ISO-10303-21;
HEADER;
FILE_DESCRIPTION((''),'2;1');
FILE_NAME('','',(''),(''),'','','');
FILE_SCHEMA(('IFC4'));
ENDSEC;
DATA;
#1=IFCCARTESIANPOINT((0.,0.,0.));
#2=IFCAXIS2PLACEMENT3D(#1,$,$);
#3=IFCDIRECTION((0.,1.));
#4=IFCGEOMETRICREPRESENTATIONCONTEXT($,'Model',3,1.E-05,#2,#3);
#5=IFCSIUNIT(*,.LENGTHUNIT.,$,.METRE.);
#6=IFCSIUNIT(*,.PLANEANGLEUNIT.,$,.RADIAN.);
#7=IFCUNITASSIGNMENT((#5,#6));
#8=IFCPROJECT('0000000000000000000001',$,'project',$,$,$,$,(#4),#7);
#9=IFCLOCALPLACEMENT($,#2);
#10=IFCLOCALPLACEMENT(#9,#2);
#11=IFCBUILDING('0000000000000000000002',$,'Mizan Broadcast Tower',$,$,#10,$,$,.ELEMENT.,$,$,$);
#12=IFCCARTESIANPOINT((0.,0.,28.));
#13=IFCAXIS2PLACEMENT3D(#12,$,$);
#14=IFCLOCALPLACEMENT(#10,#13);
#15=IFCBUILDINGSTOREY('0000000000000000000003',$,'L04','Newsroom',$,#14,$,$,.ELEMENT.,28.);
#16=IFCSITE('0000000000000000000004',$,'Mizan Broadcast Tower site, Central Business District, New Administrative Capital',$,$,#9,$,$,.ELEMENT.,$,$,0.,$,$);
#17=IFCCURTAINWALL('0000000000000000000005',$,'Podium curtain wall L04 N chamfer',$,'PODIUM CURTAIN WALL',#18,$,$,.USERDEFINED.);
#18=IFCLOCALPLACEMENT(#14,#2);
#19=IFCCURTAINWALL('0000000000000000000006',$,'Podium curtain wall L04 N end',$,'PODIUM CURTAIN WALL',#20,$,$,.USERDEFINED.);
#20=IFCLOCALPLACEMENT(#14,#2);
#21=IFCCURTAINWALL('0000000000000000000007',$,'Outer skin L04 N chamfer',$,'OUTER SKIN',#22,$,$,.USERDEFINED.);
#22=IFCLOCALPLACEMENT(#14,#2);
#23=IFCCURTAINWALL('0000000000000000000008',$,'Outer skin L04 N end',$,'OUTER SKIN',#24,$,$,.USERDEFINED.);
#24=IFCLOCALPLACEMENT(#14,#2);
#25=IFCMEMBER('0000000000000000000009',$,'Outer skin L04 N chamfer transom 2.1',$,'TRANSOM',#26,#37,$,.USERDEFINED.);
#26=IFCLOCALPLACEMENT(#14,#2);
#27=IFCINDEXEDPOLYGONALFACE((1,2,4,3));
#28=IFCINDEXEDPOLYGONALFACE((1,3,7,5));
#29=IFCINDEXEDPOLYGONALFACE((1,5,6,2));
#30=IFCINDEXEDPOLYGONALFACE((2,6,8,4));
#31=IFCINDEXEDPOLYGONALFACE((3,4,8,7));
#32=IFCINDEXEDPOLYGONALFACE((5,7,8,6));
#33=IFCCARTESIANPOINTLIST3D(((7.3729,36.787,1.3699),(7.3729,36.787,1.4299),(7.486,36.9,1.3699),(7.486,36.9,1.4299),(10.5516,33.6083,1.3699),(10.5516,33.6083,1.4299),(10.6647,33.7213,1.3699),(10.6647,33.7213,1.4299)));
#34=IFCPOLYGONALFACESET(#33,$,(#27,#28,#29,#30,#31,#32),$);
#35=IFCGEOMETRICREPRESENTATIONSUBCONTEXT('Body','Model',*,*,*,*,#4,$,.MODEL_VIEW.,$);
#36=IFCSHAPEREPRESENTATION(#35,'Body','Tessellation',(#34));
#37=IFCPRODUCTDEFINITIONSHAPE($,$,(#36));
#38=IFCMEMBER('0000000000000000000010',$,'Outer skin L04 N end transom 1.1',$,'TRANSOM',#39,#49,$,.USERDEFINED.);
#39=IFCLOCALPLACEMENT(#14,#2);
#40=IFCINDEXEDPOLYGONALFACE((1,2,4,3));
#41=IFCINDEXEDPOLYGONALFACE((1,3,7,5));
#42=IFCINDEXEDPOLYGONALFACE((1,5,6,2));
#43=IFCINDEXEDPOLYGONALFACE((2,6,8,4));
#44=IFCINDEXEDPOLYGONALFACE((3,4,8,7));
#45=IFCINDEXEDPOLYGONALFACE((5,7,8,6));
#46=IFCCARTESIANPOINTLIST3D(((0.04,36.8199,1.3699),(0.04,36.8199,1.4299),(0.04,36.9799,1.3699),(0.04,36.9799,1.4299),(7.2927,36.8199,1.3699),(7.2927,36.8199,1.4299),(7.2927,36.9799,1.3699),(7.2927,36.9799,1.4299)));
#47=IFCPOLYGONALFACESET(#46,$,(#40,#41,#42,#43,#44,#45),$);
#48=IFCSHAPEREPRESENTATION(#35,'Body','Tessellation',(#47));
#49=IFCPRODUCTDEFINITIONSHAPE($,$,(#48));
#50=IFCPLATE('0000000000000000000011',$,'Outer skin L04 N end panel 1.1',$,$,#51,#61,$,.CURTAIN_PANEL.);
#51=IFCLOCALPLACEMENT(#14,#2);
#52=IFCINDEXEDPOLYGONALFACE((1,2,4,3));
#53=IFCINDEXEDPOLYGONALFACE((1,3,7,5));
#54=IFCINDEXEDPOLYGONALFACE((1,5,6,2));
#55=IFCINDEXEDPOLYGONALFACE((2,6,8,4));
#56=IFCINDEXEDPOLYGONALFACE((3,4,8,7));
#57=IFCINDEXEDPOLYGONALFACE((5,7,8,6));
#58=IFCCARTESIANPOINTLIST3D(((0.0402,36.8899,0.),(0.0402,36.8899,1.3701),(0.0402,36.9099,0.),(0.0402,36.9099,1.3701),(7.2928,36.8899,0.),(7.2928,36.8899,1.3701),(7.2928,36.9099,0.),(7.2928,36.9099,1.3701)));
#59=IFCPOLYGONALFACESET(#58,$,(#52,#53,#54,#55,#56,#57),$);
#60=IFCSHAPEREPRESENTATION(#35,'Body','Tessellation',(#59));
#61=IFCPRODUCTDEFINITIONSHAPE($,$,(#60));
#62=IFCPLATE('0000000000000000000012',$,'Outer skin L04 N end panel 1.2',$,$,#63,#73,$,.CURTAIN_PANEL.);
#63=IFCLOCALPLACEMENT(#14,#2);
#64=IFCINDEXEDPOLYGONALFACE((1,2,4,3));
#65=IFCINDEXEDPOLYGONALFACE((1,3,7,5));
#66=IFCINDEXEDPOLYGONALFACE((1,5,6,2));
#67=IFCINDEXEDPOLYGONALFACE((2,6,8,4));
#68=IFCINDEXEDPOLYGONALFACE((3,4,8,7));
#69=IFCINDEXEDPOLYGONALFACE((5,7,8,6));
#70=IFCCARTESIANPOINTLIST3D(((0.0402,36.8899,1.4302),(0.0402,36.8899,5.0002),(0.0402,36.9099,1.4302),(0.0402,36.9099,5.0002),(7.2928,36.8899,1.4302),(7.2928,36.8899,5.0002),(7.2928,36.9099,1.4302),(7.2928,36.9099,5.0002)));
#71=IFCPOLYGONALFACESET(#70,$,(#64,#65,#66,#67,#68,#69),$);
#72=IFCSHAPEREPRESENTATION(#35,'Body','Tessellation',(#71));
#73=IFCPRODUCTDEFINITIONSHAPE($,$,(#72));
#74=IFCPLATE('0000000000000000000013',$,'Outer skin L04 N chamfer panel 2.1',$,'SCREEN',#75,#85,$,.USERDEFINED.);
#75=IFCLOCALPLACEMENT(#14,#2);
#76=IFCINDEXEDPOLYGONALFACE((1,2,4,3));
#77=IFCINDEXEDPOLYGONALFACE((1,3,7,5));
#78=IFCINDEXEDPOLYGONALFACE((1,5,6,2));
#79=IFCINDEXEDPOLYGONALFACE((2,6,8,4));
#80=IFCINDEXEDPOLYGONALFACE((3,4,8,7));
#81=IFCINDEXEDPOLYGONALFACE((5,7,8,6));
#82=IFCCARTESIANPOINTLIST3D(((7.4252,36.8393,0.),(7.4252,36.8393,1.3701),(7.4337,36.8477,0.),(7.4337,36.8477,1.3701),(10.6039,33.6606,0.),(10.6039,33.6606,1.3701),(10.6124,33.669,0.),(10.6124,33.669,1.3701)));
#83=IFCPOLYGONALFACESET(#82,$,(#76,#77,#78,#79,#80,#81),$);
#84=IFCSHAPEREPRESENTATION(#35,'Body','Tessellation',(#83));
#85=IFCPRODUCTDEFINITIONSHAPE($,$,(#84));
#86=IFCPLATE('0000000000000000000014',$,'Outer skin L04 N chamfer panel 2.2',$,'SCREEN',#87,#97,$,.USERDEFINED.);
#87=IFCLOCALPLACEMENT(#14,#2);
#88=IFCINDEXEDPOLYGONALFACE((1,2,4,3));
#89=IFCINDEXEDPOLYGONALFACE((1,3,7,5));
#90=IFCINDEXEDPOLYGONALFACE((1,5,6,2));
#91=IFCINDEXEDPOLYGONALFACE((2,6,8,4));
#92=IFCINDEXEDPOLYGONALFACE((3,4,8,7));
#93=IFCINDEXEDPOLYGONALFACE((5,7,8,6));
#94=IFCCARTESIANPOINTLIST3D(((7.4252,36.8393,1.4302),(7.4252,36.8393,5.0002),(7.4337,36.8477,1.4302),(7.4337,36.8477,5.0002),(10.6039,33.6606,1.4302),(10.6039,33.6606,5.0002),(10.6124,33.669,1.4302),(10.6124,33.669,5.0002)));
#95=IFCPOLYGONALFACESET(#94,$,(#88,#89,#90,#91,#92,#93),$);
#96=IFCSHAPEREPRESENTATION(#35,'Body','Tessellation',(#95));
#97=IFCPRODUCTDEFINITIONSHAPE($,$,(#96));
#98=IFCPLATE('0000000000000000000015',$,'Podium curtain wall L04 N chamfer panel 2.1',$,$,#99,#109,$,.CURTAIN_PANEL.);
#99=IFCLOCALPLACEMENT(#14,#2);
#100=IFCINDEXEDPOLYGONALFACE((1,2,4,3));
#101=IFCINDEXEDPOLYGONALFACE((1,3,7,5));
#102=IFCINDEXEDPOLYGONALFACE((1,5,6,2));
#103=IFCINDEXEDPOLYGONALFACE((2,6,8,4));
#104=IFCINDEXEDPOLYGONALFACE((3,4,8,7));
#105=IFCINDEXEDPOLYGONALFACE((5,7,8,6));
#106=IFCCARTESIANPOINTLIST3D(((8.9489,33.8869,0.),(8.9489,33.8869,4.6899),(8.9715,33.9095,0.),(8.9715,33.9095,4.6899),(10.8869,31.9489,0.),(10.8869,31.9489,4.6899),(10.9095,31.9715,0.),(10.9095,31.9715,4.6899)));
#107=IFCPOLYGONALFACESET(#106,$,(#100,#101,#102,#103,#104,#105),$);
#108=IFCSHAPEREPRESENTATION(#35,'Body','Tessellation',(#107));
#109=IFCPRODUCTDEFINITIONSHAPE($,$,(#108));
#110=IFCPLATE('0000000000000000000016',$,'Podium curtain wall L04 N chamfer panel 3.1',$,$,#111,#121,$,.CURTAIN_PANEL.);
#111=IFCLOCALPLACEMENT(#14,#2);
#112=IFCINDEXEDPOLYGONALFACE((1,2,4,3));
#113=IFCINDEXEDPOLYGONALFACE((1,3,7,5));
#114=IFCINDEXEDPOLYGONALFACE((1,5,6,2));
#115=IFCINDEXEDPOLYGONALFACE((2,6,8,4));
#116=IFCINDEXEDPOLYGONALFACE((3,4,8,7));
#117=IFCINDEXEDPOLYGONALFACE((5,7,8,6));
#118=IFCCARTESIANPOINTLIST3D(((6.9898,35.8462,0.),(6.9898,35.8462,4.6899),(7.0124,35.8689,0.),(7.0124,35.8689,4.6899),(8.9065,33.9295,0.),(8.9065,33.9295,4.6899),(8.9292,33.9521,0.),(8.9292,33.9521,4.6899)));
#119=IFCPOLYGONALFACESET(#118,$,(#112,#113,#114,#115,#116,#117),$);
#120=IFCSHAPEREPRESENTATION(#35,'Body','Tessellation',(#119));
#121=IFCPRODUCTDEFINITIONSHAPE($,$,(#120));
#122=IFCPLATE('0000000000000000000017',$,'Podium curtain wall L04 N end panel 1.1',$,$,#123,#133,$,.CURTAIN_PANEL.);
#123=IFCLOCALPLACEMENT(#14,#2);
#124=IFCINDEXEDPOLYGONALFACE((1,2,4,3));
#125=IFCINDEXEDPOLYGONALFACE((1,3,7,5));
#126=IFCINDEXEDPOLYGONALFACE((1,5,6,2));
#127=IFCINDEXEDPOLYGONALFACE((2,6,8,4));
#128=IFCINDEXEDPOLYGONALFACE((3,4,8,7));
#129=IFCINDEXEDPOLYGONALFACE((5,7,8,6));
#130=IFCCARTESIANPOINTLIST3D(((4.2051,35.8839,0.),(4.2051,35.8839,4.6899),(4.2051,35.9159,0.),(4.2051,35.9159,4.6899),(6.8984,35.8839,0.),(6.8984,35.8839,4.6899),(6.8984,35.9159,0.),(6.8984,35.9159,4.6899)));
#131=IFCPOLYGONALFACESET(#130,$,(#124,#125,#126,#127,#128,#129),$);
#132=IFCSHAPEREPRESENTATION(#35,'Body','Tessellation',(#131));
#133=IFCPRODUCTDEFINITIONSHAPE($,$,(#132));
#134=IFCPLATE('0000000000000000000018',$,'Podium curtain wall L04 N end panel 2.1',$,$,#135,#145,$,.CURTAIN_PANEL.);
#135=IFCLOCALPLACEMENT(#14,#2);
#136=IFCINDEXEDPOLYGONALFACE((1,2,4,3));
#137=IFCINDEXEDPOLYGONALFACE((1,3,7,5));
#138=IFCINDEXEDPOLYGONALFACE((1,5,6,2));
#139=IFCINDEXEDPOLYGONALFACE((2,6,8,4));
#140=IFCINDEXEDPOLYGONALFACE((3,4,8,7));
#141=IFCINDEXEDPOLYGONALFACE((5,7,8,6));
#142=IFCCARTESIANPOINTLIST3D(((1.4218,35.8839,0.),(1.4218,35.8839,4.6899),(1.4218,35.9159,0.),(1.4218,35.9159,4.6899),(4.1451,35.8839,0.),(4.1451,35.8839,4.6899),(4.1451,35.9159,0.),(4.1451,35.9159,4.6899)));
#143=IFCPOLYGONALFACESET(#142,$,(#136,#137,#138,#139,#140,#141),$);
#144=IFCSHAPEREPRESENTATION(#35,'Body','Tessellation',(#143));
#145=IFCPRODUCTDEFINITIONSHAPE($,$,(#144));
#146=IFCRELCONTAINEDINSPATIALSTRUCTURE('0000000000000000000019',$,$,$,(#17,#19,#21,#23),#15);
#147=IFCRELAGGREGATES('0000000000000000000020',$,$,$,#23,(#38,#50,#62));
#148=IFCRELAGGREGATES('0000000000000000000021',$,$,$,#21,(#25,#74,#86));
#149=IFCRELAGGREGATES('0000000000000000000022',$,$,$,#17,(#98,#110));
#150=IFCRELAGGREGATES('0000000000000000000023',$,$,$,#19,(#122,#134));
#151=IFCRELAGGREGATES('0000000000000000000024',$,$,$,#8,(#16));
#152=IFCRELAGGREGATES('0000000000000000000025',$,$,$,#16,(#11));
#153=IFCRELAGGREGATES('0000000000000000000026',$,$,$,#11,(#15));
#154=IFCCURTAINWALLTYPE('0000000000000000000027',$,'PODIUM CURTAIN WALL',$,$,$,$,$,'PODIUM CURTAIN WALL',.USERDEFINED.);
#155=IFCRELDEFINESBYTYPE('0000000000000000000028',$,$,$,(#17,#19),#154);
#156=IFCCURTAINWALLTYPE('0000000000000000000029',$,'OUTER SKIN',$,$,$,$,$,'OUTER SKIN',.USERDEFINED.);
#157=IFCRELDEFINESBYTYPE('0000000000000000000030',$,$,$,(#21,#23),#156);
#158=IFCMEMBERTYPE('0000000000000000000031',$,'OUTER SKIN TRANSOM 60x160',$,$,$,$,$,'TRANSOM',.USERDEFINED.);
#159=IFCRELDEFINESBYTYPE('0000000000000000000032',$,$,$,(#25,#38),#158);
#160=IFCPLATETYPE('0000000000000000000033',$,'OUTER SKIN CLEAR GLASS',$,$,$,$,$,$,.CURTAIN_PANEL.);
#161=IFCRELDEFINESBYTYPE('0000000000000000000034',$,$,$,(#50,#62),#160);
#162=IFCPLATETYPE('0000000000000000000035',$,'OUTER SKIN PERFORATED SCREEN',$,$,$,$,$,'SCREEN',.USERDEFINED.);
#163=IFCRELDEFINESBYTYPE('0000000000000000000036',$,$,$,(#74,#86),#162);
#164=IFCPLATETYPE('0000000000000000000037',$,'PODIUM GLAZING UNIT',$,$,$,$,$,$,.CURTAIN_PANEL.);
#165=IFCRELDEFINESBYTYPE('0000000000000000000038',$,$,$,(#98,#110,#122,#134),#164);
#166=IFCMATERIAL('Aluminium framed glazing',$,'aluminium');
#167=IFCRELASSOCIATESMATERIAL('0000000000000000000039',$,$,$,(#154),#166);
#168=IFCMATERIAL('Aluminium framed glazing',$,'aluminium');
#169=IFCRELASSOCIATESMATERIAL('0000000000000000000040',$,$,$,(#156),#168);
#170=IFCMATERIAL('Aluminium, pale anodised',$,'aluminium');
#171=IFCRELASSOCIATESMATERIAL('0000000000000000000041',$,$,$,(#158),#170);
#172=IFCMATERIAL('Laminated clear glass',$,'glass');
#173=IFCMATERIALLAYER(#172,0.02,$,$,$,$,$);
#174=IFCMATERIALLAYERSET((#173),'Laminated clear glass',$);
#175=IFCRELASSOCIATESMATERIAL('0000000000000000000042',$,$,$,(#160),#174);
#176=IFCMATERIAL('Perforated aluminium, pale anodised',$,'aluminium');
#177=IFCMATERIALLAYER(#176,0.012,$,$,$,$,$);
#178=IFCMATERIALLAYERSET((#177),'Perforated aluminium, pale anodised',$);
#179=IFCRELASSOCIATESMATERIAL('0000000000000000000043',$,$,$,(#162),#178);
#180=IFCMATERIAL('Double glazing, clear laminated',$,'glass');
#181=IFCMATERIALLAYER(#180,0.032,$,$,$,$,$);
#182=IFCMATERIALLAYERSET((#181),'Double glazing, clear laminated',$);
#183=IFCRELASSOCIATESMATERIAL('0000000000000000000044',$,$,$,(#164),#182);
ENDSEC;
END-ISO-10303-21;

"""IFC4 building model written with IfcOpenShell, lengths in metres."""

from ifc_helpers import new_model, si_unit, direction, frame, origin, origin_2d, place, context, subcontext, project, spatial, rectangle, extrude, material, layer, layer_set, material_profile, profile_set, type_object, element, aggregate, save


model = new_model("IFC4")

# Units and contexts
model_context = context("Model", 3, precision=1e-05, world=origin(), true_north=direction((0.0, 1.0)))
body_context = subcontext(model_context, "Body", "Model", "MODEL_VIEW")
ifc_project = project(units=[si_unit("LENGTHUNIT", "METRE"), si_unit("PLANEANGLEUNIT", "RADIAN")], contexts=[model_context])

# Site, building, storey
site_placement = place(None, origin())
site = spatial("IfcSite", under=ifc_project, at=site_placement, Name="Mizan Broadcast Tower site, Central Business District, New Administrative Capital", CompositionType="ELEMENT", RefElevation=0.0)
building_placement = place(site_placement, origin())
building = spatial("IfcBuilding", under=site, at=building_placement, Name="Mizan Broadcast Tower", CompositionType="ELEMENT")
storey_placement = place(building_placement, frame((0.0, 0.0, 28.0)))
storey = spatial("IfcBuildingStorey", under=building, at=storey_placement, Name="L04", Description="Newsroom", CompositionType="ELEMENT", Elevation=28.0)

# Curtain walls
ifc_material_1 = material(Name="Aluminium framed glazing", Category="aluminium")
curtain_wall_type_1 = type_object("IfcCurtainWallType", Name="PODIUM CURTAIN WALL", ElementType="PODIUM CURTAIN WALL", PredefinedType="USERDEFINED", material=ifc_material_1)
curtain_wall_1_placement = place(storey_placement, origin())
curtain_wall_1 = element("IfcCurtainWall", 1, at=curtain_wall_1_placement, inside=storey, type_object=curtain_wall_type_1, Name="Podium curtain wall L04 N chamfer", ObjectType="PODIUM CURTAIN WALL", PredefinedType="USERDEFINED")
curtain_wall_2_placement = place(storey_placement, origin())
curtain_wall_2 = element("IfcCurtainWall", 2, at=curtain_wall_2_placement, inside=storey, type_object=curtain_wall_type_1, Name="Podium curtain wall L04 N end", ObjectType="PODIUM CURTAIN WALL", PredefinedType="USERDEFINED")

# Curtain wall
ifc_material_2 = material(Name="Aluminium framed glazing", Category="aluminium")
curtain_wall_type_2 = type_object("IfcCurtainWallType", Name="OUTER SKIN", ElementType="OUTER SKIN", PredefinedType="USERDEFINED", material=ifc_material_2)
curtain_wall_3_placement = place(storey_placement, origin())
curtain_wall_3 = element("IfcCurtainWall", 3, at=curtain_wall_3_placement, inside=storey, type_object=curtain_wall_type_2, Name="Outer skin L04 N chamfer", ObjectType="OUTER SKIN", PredefinedType="USERDEFINED")

# Curtain wall
curtain_wall_4_placement = place(storey_placement, origin())
curtain_wall_4 = element("IfcCurtainWall", 4, at=curtain_wall_4_placement, inside=storey, type_object=curtain_wall_type_2, Name="Outer skin L04 N end", ObjectType="OUTER SKIN", PredefinedType="USERDEFINED")

# Members
ifc_material_3 = material(Name="Aluminium, pale anodised", Category="aluminium")
ifc_material_profile_1 = material_profile(ifc_material_3, rectangle(XDim=0.1599, YDim=0.0601, at=origin_2d()), Name="TRANSOM 160x60")
ifc_profile_set_1 = profile_set([ifc_material_profile_1], Name="Aluminium, pale anodised")
member_type_1 = type_object("IfcMemberType", Name="OUTER SKIN TRANSOM 60x160", ElementType="TRANSOM", PredefinedType="USERDEFINED", material=ifc_profile_set_1)
member_1_placement = place(storey_placement, frame((10.6082, 33.6648, 1.3999), z_axis=(-0.707107, 0.707107, 0.0), x_axis=(-0.707107, -0.707107, 0.0)))
member_1 = element("IfcMember", 5, at=member_1_placement, type_object=member_type_1, Name="Outer skin L04 N chamfer transom 2.1", ObjectType="TRANSOM", PredefinedType="USERDEFINED", context=body_context, shape_type="SweptSolid", body=[
    extrude(rectangle(XDim=0.1599, YDim=0.0601, at=origin_2d()), origin(), (0.0, 0.0, 1.0), 4.4954),
])
member_2_placement = place(storey_placement, frame((7.2927, 36.8999, 1.3999), z_axis=(-1.0, 0.0, 0.0), x_axis=(0.0, -1.0, 0.0)))
member_2 = element("IfcMember", 6, at=member_2_placement, type_object=member_type_1, Name="Outer skin L04 N end transom 1.1", ObjectType="TRANSOM", PredefinedType="USERDEFINED", context=body_context, shape_type="SweptSolid", body=[
    extrude(rectangle(XDim=0.1599, YDim=0.0601, at=origin_2d()), origin(), (0.0, 0.0, 1.0), 7.2527),
])

# Plates
ifc_material_4 = material(Name="Laminated clear glass", Category="glass")
ifc_layer_1 = layer(ifc_material_4, 0.02)
ifc_layer_set_1 = layer_set([ifc_layer_1], Name="Laminated clear glass")
plate_type_1 = type_object("IfcPlateType", Name="OUTER SKIN CLEAR GLASS", PredefinedType="CURTAIN_PANEL", material=ifc_layer_set_1)
plate_1_placement = place(storey_placement, frame((3.6665, 36.8999, 0.0), z_axis=(0.0, 0.0, 1.0), x_axis=(-1.0, 0.0, 0.0)))
plate_1 = element("IfcPlate", 7, at=plate_1_placement, type_object=plate_type_1, Name="Outer skin L04 N end panel 1.1", PredefinedType="CURTAIN_PANEL", context=body_context, shape_type="SweptSolid", body=[
    extrude(rectangle(XDim=7.2527, YDim=0.02, at=origin_2d()), origin(), (0.0, 0.0, 1.0), 1.3701),
])
plate_2_placement = place(storey_placement, frame((3.6665, 36.8999, 1.4302), z_axis=(0.0, 0.0, 1.0), x_axis=(-1.0, 0.0, 0.0)))
plate_2 = element("IfcPlate", 8, at=plate_2_placement, type_object=plate_type_1, Name="Outer skin L04 N end panel 1.2", PredefinedType="CURTAIN_PANEL", context=body_context, shape_type="SweptSolid", body=[
    extrude(rectangle(XDim=7.2527, YDim=0.02, at=origin_2d()), origin(), (0.0, 0.0, 1.0), 3.5701),
])
aggregate(curtain_wall_4, [member_2, plate_1, plate_2])
ifc_material_5 = material(Name="Perforated aluminium, pale anodised", Category="aluminium")
ifc_layer_2 = layer(ifc_material_5, 0.012)
ifc_layer_set_2 = layer_set([ifc_layer_2], Name="Perforated aluminium, pale anodised")
plate_type_2 = type_object("IfcPlateType", Name="OUTER SKIN PERFORATED SCREEN", ElementType="SCREEN", PredefinedType="USERDEFINED", material=ifc_layer_set_2)
plate_3_placement = place(storey_placement, frame((9.0188, 35.2542, 0.0), z_axis=(0.0, 0.0, 1.0), x_axis=(-0.707107, 0.707107, 0.0)))
plate_3 = element("IfcPlate", 9, at=plate_3_placement, type_object=plate_type_2, Name="Outer skin L04 N chamfer panel 2.1", ObjectType="SCREEN", PredefinedType="USERDEFINED", context=body_context, shape_type="SweptSolid", body=[
    extrude(rectangle(XDim=4.4954, YDim=0.012, at=origin_2d()), origin(), (0.0, 0.0, 1.0), 1.3701),
])
plate_4_placement = place(storey_placement, frame((9.0188, 35.2542, 1.4302), z_axis=(0.0, 0.0, 1.0), x_axis=(-0.707107, 0.707107, 0.0)))
plate_4 = element("IfcPlate", 10, at=plate_4_placement, type_object=plate_type_2, Name="Outer skin L04 N chamfer panel 2.2", ObjectType="SCREEN", PredefinedType="USERDEFINED", context=body_context, shape_type="SweptSolid", body=[
    extrude(rectangle(XDim=4.4954, YDim=0.012, at=origin_2d()), origin(), (0.0, 0.0, 1.0), 3.5701),
])
aggregate(curtain_wall_3, [member_1, plate_3, plate_4])
ifc_material_6 = material(Name="Double glazing, clear laminated", Category="glass")
ifc_layer_3 = layer(ifc_material_6, 0.032)
ifc_layer_set_3 = layer_set([ifc_layer_3], Name="Double glazing, clear laminated")
plate_type_3 = type_object("IfcPlateType", Name="PODIUM GLAZING UNIT", PredefinedType="CURTAIN_PANEL", material=ifc_layer_set_3)
plate_5_placement = place(storey_placement, frame((9.9292, 32.9292, 0.0), z_axis=(0.0, 0.0, 1.0), x_axis=(-0.707107, 0.707107, 0.0)))
plate_5 = element("IfcPlate", 11, at=plate_5_placement, type_object=plate_type_3, Name="Podium curtain wall L04 N chamfer panel 2.1", PredefinedType="CURTAIN_PANEL", context=body_context, shape_type="SweptSolid", body=[
    extrude(rectangle(XDim=2.7407, YDim=0.032, at=origin_2d()), origin(), (0.0, 0.0, 1.0), 4.6899),
])
plate_6_placement = place(storey_placement, frame((7.9595, 34.8992, 0.0), z_axis=(0.0, 0.0, 1.0), x_axis=(-0.707107, 0.707107, 0.0)))
plate_6 = element("IfcPlate", 12, at=plate_6_placement, type_object=plate_type_3, Name="Podium curtain wall L04 N chamfer panel 3.1", PredefinedType="CURTAIN_PANEL", context=body_context, shape_type="SweptSolid", body=[
    extrude(rectangle(XDim=2.7107, YDim=0.032, at=origin_2d()), origin(), (0.0, 0.0, 1.0), 4.6899),
])
aggregate(curtain_wall_1, [plate_5, plate_6])
plate_7_placement = place(storey_placement, frame((5.5518, 35.8999, 0.0), z_axis=(0.0, 0.0, 1.0), x_axis=(-1.0, 0.0, 0.0)))
plate_7 = element("IfcPlate", 13, at=plate_7_placement, type_object=plate_type_3, Name="Podium curtain wall L04 N end panel 1.1", PredefinedType="CURTAIN_PANEL", context=body_context, shape_type="SweptSolid", body=[
    extrude(rectangle(XDim=2.6934, YDim=0.032, at=origin_2d()), origin(), (0.0, 0.0, 1.0), 4.6899),
])
plate_8_placement = place(storey_placement, frame((2.7834, 35.8999, 0.0), z_axis=(0.0, 0.0, 1.0), x_axis=(-1.0, 0.0, 0.0)))
plate_8 = element("IfcPlate", 14, at=plate_8_placement, type_object=plate_type_3, Name="Podium curtain wall L04 N end panel 2.1", PredefinedType="CURTAIN_PANEL", context=body_context, shape_type="SweptSolid", body=[
    extrude(rectangle(XDim=2.7234, YDim=0.032, at=origin_2d()), origin(), (0.0, 0.0, 1.0), 4.6899),
])
aggregate(curtain_wall_2, [plate_7, plate_8])

save(model, "model.ifc")
